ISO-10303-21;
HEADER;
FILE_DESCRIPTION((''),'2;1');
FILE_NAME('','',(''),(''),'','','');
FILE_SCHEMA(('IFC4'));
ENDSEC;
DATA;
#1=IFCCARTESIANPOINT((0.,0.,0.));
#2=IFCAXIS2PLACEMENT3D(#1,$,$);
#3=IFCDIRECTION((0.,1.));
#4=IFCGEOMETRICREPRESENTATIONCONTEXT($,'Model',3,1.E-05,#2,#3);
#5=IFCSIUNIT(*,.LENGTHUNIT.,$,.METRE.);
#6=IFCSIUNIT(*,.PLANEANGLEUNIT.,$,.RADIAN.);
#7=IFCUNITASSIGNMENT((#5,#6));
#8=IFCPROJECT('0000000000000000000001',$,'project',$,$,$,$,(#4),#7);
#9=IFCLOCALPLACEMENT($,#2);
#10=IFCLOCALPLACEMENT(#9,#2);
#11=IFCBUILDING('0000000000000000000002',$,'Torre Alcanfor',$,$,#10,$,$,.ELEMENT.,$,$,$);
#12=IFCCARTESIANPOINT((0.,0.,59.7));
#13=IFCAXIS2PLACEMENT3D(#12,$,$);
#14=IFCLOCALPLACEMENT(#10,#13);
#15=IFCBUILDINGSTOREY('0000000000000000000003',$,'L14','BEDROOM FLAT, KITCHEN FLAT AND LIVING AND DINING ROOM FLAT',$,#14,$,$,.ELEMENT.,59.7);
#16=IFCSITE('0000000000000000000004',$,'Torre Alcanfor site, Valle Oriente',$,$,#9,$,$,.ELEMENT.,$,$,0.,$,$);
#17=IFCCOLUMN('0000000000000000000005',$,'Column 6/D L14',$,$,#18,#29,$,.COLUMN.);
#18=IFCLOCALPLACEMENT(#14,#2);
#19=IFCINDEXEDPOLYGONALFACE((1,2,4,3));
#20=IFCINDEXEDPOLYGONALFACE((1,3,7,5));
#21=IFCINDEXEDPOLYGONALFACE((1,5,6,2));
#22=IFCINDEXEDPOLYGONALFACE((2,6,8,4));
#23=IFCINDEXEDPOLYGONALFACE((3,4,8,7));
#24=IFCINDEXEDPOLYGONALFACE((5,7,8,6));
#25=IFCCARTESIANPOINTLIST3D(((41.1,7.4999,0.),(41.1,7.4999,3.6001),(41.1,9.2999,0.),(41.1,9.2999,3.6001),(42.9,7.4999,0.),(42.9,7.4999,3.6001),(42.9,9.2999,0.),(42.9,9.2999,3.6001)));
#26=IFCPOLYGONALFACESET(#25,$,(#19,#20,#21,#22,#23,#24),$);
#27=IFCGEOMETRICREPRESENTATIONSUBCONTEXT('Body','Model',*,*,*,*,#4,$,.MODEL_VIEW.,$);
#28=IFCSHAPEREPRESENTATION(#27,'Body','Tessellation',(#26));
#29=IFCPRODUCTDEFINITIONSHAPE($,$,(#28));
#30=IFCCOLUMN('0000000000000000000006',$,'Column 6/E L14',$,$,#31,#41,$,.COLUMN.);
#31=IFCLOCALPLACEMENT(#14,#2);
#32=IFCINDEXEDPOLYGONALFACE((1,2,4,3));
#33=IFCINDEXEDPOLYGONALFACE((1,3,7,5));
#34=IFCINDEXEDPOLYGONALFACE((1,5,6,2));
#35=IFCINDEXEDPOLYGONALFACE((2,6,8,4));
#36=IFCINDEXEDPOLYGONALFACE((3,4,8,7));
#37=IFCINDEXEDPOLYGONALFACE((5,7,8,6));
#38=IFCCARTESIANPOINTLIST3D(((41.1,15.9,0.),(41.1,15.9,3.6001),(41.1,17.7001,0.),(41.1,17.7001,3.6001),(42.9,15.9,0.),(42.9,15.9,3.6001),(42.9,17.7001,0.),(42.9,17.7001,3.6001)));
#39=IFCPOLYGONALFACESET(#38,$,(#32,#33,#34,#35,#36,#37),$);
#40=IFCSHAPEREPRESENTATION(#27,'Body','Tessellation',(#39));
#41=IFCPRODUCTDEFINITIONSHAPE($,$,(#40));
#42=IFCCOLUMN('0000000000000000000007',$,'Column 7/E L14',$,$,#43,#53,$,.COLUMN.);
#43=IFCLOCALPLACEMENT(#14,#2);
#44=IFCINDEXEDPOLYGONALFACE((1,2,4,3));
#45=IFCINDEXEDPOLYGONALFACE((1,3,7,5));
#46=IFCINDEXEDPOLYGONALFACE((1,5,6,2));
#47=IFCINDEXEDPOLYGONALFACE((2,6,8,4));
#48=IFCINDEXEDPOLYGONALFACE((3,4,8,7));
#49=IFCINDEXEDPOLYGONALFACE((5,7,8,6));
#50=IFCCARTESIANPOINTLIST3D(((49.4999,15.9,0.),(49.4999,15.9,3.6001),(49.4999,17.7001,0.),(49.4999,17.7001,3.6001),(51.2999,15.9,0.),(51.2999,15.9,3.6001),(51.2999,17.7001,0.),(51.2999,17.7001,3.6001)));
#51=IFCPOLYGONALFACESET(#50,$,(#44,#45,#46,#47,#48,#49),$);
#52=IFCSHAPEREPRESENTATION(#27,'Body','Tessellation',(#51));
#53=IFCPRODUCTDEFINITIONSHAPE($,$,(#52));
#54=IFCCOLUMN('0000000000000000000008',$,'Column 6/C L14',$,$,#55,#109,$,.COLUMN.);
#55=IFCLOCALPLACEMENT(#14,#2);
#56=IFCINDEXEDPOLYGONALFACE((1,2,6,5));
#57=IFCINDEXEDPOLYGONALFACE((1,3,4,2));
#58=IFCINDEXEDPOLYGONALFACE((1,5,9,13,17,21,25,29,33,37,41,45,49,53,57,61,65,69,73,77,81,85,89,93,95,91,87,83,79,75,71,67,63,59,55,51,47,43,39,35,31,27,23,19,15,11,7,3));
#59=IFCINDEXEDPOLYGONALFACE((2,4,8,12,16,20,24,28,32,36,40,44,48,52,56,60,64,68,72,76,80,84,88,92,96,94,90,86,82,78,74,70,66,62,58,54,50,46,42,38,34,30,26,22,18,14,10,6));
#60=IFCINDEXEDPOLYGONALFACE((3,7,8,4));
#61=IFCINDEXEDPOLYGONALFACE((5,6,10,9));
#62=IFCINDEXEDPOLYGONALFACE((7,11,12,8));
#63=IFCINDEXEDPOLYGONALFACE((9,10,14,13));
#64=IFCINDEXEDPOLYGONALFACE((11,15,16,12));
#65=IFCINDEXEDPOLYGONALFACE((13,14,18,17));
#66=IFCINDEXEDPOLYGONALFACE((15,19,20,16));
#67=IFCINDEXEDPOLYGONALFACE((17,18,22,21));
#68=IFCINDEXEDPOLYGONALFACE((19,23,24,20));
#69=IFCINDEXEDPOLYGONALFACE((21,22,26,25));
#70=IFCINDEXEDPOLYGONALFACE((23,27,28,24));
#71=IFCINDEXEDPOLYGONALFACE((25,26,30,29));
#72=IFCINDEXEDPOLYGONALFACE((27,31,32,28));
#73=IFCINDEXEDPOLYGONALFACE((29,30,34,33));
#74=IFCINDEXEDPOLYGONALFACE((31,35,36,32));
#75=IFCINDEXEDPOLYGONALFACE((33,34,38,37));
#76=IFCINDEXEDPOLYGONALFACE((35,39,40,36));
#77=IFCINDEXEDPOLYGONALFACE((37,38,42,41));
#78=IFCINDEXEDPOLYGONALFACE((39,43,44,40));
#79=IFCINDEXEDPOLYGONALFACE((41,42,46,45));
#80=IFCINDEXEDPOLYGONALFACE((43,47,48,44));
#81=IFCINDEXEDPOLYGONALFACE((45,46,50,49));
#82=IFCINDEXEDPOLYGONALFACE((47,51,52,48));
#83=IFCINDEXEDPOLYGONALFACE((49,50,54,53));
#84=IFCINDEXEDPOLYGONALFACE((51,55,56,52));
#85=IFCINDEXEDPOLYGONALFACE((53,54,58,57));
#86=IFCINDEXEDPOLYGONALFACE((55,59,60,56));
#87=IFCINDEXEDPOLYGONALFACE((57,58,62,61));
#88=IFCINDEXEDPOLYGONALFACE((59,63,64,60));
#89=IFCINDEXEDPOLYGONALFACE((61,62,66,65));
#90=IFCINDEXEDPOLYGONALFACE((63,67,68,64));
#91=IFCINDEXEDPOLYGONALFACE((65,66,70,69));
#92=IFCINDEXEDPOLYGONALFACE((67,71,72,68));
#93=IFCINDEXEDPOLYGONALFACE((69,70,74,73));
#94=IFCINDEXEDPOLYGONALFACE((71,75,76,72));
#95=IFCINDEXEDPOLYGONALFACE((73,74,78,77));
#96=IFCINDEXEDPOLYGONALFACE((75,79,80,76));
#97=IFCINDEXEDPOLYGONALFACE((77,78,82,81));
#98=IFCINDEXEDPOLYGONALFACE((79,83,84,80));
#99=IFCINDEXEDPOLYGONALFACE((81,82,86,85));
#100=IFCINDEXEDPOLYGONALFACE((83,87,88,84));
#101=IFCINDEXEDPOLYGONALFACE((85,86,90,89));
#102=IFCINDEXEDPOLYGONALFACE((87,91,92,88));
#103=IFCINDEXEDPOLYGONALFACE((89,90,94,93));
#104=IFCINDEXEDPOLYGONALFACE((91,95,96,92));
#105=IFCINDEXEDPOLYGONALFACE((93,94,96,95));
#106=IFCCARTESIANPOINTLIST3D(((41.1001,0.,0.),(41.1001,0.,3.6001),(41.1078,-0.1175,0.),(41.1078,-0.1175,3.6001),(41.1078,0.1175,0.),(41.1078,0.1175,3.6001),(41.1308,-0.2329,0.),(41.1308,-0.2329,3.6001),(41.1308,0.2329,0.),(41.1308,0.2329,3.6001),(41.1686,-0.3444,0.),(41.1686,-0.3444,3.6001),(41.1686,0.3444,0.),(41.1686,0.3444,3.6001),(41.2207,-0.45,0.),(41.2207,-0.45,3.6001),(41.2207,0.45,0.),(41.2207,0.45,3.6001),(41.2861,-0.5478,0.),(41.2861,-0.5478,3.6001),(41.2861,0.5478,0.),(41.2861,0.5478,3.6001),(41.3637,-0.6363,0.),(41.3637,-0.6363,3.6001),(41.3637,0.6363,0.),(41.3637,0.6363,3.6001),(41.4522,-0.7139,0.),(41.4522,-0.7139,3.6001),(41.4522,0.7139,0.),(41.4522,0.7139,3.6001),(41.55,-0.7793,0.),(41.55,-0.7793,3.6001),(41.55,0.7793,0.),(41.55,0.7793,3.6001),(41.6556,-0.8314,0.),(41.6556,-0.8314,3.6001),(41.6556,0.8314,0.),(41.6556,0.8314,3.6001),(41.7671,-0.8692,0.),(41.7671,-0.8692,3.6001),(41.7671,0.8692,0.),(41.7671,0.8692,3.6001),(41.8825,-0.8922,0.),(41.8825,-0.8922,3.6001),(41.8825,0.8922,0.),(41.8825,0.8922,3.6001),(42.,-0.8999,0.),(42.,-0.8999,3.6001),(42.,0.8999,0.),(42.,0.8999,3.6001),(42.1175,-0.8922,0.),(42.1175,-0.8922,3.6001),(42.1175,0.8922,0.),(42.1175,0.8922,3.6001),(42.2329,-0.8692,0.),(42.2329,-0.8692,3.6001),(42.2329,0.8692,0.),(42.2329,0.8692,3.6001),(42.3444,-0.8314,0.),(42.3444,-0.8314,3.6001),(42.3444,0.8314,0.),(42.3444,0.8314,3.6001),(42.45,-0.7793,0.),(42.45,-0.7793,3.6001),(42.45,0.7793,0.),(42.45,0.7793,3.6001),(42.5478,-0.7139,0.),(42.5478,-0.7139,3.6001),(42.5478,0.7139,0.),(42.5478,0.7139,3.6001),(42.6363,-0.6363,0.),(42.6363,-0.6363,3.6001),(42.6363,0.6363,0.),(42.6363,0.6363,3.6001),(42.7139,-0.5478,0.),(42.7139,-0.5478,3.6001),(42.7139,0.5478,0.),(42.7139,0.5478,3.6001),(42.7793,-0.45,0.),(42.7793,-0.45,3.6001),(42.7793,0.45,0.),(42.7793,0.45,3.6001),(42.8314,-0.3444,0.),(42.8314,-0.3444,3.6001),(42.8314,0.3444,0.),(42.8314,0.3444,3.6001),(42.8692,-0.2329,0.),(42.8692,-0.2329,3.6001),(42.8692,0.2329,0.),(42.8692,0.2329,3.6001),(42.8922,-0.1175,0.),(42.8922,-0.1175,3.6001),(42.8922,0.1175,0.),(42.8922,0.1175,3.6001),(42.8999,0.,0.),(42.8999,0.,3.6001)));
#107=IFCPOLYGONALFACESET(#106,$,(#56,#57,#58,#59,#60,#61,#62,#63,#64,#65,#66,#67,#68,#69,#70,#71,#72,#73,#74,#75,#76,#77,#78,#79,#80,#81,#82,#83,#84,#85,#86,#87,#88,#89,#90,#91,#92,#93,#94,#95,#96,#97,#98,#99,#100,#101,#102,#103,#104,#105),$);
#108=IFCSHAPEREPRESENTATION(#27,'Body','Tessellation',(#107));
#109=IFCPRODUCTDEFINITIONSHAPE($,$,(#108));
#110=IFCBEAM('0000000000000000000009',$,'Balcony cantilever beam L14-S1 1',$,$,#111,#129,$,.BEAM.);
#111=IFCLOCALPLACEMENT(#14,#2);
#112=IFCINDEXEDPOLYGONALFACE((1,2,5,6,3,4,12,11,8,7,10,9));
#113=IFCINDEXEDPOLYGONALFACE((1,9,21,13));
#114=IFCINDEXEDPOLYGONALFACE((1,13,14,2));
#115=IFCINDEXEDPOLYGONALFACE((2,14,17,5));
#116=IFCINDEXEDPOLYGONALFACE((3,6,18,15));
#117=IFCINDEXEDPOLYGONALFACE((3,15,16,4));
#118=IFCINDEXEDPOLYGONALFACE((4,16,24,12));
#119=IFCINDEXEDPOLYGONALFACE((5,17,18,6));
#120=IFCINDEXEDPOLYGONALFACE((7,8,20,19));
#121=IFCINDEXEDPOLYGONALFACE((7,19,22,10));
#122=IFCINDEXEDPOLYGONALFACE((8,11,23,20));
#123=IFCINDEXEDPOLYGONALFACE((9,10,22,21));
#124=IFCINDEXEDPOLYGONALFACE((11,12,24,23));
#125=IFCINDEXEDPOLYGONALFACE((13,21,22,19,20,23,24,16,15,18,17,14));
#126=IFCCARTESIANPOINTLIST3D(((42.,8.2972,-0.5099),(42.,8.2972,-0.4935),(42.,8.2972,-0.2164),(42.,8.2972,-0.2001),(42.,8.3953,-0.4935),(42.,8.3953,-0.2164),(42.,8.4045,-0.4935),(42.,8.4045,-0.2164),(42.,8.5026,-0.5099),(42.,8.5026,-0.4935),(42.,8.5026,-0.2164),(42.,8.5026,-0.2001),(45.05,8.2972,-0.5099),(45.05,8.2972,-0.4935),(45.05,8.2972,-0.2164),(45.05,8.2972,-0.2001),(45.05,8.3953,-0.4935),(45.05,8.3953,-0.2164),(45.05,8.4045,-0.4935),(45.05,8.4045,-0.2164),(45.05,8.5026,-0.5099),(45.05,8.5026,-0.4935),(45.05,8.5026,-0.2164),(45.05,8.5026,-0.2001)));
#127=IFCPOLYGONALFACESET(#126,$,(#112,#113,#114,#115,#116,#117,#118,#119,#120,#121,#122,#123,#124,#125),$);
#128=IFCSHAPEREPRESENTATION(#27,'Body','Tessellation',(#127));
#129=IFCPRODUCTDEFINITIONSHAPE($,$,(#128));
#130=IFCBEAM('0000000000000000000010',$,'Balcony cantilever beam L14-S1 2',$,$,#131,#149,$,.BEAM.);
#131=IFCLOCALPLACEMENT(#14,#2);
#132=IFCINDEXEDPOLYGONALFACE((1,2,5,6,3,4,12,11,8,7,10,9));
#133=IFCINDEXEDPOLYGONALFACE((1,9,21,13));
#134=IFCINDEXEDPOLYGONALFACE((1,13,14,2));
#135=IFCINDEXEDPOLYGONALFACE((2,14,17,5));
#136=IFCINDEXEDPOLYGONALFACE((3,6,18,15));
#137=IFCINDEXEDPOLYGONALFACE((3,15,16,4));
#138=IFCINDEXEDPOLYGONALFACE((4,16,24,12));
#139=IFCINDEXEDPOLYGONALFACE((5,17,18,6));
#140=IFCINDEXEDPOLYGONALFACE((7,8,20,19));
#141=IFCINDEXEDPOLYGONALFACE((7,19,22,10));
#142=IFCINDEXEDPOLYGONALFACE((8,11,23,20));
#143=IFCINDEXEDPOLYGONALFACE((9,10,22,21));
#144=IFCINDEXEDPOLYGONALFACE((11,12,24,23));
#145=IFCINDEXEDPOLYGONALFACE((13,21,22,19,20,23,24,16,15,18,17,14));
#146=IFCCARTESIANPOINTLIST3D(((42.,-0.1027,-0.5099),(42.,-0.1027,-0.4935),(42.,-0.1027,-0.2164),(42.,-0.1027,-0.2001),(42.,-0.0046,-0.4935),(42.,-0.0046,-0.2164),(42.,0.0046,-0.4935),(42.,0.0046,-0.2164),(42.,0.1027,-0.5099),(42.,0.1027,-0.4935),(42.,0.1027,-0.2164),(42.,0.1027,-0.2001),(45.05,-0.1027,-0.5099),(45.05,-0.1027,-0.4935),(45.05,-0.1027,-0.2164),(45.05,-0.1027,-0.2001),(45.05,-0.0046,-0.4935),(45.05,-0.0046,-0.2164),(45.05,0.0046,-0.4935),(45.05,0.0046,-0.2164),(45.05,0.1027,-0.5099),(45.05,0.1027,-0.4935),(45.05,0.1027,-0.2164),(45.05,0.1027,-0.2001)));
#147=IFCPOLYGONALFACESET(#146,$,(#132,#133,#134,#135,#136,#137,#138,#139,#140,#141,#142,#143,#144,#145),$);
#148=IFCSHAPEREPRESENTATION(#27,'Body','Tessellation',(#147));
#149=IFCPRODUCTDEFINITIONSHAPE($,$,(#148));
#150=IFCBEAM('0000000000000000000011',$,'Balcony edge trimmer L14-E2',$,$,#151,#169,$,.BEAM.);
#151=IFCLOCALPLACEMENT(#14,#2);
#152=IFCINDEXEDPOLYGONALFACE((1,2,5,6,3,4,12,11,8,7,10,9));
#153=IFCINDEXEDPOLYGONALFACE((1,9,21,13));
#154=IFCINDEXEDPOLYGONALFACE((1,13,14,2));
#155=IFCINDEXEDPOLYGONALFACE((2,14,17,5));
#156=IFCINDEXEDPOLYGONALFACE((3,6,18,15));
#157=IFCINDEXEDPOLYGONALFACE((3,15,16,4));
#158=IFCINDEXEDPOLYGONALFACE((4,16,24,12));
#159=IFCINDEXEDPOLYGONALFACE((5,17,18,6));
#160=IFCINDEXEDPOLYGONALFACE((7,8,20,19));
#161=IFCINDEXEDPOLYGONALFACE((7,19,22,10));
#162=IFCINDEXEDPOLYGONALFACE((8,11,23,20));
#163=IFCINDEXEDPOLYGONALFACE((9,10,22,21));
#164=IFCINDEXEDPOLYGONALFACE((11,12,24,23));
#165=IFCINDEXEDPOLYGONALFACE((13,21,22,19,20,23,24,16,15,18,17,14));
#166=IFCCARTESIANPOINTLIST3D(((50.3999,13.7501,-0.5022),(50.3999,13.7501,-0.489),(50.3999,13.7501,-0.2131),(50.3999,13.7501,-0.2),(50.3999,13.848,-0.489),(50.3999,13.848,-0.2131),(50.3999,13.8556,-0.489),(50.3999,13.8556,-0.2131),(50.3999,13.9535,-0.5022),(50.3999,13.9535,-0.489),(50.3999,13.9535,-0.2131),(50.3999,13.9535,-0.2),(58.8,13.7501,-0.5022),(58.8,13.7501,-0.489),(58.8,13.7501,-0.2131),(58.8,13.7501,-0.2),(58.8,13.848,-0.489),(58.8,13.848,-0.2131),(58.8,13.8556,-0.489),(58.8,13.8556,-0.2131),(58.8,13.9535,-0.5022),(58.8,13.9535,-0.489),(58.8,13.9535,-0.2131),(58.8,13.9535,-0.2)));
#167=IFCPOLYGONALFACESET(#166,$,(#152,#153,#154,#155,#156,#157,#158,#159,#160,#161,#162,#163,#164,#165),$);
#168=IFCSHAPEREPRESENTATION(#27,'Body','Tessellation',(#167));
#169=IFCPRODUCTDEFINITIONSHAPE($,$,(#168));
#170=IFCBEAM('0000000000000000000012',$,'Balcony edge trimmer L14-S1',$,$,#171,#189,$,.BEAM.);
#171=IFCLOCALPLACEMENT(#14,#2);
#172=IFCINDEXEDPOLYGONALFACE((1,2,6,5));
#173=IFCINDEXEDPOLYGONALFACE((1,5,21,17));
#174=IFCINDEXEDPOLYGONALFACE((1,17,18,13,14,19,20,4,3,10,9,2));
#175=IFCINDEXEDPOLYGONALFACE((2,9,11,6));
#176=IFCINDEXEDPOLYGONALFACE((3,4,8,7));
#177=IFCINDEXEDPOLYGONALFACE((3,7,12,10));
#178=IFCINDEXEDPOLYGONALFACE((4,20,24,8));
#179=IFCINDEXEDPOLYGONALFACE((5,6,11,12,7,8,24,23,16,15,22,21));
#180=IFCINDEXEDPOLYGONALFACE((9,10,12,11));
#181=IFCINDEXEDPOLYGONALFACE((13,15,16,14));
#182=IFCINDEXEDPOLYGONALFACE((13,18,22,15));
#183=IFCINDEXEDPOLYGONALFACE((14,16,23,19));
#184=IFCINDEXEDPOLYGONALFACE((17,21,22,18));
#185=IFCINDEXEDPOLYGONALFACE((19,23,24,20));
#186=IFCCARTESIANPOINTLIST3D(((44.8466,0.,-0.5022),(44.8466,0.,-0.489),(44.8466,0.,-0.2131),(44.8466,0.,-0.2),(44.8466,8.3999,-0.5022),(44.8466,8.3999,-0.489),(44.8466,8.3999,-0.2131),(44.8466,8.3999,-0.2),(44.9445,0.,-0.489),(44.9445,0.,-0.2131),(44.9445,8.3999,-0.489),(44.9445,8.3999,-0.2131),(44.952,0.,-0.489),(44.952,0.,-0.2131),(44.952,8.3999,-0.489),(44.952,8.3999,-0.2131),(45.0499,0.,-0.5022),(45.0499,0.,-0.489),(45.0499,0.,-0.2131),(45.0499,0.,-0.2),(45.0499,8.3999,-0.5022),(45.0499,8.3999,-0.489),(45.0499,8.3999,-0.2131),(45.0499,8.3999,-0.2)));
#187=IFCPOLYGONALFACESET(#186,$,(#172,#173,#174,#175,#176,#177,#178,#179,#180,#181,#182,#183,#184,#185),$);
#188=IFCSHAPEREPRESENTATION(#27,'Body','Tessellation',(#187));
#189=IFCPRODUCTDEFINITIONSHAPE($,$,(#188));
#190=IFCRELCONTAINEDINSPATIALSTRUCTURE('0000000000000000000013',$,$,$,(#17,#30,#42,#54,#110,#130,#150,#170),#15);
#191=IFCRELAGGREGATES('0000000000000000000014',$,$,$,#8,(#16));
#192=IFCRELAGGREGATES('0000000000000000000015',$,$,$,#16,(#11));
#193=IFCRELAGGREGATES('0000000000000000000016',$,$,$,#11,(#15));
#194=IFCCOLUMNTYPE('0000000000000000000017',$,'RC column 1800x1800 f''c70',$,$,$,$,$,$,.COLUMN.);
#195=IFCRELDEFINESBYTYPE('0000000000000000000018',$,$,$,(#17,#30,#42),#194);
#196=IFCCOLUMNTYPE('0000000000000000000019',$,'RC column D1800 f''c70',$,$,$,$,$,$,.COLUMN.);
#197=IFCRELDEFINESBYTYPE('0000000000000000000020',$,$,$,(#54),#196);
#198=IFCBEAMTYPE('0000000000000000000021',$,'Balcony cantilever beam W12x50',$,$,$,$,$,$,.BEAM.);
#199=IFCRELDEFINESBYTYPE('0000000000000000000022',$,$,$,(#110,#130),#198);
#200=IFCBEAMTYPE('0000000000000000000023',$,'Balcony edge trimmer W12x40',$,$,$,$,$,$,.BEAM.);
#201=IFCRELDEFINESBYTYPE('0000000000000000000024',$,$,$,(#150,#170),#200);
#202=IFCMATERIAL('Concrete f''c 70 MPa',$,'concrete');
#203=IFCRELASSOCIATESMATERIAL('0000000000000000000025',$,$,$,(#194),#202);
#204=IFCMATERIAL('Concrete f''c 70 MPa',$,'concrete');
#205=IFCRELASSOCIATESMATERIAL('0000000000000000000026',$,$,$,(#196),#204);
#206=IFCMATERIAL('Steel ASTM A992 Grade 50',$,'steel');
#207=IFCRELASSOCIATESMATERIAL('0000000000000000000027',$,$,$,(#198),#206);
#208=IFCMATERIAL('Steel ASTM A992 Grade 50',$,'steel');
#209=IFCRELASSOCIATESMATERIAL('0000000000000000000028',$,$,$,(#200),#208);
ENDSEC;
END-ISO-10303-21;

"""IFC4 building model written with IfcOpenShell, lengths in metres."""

from ifc_helpers import new_model, si_unit, direction, frame, origin, origin_2d, place, context, subcontext, project, spatial, rectangle, circle, i_section, extrude, material, material_profile, profile_set, type_object, element, save


model = new_model("IFC4")

# Units and contexts
model_context = context("Model", 3, precision=1e-05, world=origin(), true_north=direction((0.0, 1.0)))
body_context = subcontext(model_context, "Body", "Model", "MODEL_VIEW")
ifc_project = project(units=[si_unit("LENGTHUNIT", "METRE"), si_unit("PLANEANGLEUNIT", "RADIAN")], contexts=[model_context])

# Site, building, storey
site_placement = place(None, origin())
site = spatial("IfcSite", under=ifc_project, at=site_placement, Name="Torre Alcanfor site, Valle Oriente", CompositionType="ELEMENT", RefElevation=0.0)
building_placement = place(site_placement, origin())
building = spatial("IfcBuilding", under=site, at=building_placement, Name="Torre Alcanfor", CompositionType="ELEMENT")
storey_placement = place(building_placement, frame((0.0, 0.0, 59.7)))
storey = spatial("IfcBuildingStorey", under=building, at=storey_placement, Name="L14", Description="BEDROOM FLAT, KITCHEN FLAT AND LIVING AND DINING ROOM FLAT", CompositionType="ELEMENT", Elevation=59.7)

# Columns
ifc_material_1 = material(Name="Concrete f'c 70 MPa", Category="concrete")
ifc_material_profile_1 = material_profile(ifc_material_1, rectangle(XDim=1.8, YDim=1.8, at=origin_2d()), Name="1800x1800")
ifc_profile_set_1 = profile_set([ifc_material_profile_1], Name="Concrete f'c 70 MPa")
column_type_1 = type_object("IfcColumnType", Name="RC column 1800x1800 f'c70", PredefinedType="COLUMN", material=ifc_profile_set_1)
for number, where, z_axis, x_axis, name in (
    (1, (42.0, 8.3999, 0.0), (0.0, 0.0, 1.0), (1.0, 0.0, 0.0), "Column 6/D L14"),
    (2, (42.0, 16.8, 0.0), (0.0, 0.0, 1.0), (1.0, 0.0, 0.0), "Column 6/E L14"),
    (3, (50.3999, 16.8, 0.0), (0.0, 0.0, 1.0), (1.0, 0.0, 0.0), "Column 7/E L14"),
):
    element("IfcColumn", number, at=place(storey_placement, frame(where, z_axis=z_axis, x_axis=x_axis)), inside=storey, type_object=column_type_1, Name=name, PredefinedType="COLUMN", context=body_context, shape_type="SweptSolid", body=[
        extrude(rectangle(XDim=1.8, YDim=1.8, at=origin_2d()), origin(), (0.0, 0.0, 1.0), 3.6001),
    ])
ifc_material_2 = material(Name="Concrete f'c 70 MPa", Category="concrete")
ifc_material_profile_2 = material_profile(ifc_material_2, circle(Radius=0.8999, at=origin_2d()), Name="D1800")
ifc_profile_set_2 = profile_set([ifc_material_profile_2], Name="Concrete f'c 70 MPa")
column_type_2 = type_object("IfcColumnType", Name="RC column D1800 f'c70", PredefinedType="COLUMN", material=ifc_profile_set_2)
column_placement = place(storey_placement, frame((42.0, 0.0, 0.0), z_axis=(0.0, 0.0, 1.0), x_axis=(1.0, 0.0, 0.0)))
element("IfcColumn", 4, at=column_placement, inside=storey, type_object=column_type_2, Name="Column 6/C L14", PredefinedType="COLUMN", context=body_context, shape_type="SweptSolid", body=[
    extrude(circle(Radius=0.8999, at=origin_2d()), origin(), (0.0, 0.0, 1.0), 3.6001),
])

# Beams
ifc_material_3 = material(Name="Steel ASTM A992 Grade 50", Category="steel")
ifc_material_profile_3 = material_profile(ifc_material_3, i_section(OverallWidth=0.2053, OverallDepth=0.3098, WebThickness=0.0093, FlangeThickness=0.0164, at=origin_2d()), Name="W12x50")
ifc_profile_set_3 = profile_set([ifc_material_profile_3], Name="Steel ASTM A992 Grade 50")
beam_type_1 = type_object("IfcBeamType", Name="Balcony cantilever beam W12x50", PredefinedType="BEAM", material=ifc_profile_set_3)
for number, where, z_axis, x_axis, name in (
    (5, (42.0, 8.3999, -0.355), (1.0, 0.0, 0.0), (0.0, 1.0, 0.0), "Balcony cantilever beam L14-S1 1"),
    (6, (42.0, 0.0, -0.355), (1.0, 0.0, 0.0), (0.0, 1.0, 0.0), "Balcony cantilever beam L14-S1 2"),
):
    element("IfcBeam", number, at=place(storey_placement, frame(where, z_axis=z_axis, x_axis=x_axis)), inside=storey, type_object=beam_type_1, Name=name, PredefinedType="BEAM", context=body_context, shape_type="SweptSolid", body=[
        extrude(i_section(OverallWidth=0.2053, OverallDepth=0.3098, WebThickness=0.0093, FlangeThickness=0.0164, at=origin_2d()), origin(), (0.0, 0.0, 1.0), 3.05),
    ])
ifc_material_4 = material(Name="Steel ASTM A992 Grade 50", Category="steel")
ifc_material_profile_4 = material_profile(ifc_material_4, i_section(OverallWidth=0.2034, OverallDepth=0.3022, WebThickness=0.0076, FlangeThickness=0.0132, at=origin_2d()), Name="W12x40")
ifc_profile_set_4 = profile_set([ifc_material_profile_4], Name="Steel ASTM A992 Grade 50")
beam_type_2 = type_object("IfcBeamType", Name="Balcony edge trimmer W12x40", PredefinedType="BEAM", material=ifc_profile_set_4)
beam_1_placement = place(storey_placement, frame((50.3999, 13.8518, -0.3511), z_axis=(1.0, 0.0, 0.0), x_axis=(0.0, 1.0, 0.0)))
element("IfcBeam", 7, at=beam_1_placement, inside=storey, type_object=beam_type_2, Name="Balcony edge trimmer L14-E2", PredefinedType="BEAM", context=body_context, shape_type="SweptSolid", body=[
    extrude(i_section(OverallWidth=0.2034, OverallDepth=0.3022, WebThickness=0.0076, FlangeThickness=0.0132, at=origin_2d()), origin(), (0.0, 0.0, 1.0), 8.4001),
])
beam_2_placement = place(storey_placement, frame((44.9482, 8.3999, -0.3511), z_axis=(0.0, -1.0, 0.0), x_axis=(1.0, 0.0, 0.0)))
element("IfcBeam", 8, at=beam_2_placement, inside=storey, type_object=beam_type_2, Name="Balcony edge trimmer L14-S1", PredefinedType="BEAM", context=body_context, shape_type="SweptSolid", body=[
    extrude(i_section(OverallWidth=0.2034, OverallDepth=0.3022, WebThickness=0.0076, FlangeThickness=0.0132, at=origin_2d()), origin(), (0.0, 0.0, 1.0), 8.3999),
])

save(model, "model.ifc")
